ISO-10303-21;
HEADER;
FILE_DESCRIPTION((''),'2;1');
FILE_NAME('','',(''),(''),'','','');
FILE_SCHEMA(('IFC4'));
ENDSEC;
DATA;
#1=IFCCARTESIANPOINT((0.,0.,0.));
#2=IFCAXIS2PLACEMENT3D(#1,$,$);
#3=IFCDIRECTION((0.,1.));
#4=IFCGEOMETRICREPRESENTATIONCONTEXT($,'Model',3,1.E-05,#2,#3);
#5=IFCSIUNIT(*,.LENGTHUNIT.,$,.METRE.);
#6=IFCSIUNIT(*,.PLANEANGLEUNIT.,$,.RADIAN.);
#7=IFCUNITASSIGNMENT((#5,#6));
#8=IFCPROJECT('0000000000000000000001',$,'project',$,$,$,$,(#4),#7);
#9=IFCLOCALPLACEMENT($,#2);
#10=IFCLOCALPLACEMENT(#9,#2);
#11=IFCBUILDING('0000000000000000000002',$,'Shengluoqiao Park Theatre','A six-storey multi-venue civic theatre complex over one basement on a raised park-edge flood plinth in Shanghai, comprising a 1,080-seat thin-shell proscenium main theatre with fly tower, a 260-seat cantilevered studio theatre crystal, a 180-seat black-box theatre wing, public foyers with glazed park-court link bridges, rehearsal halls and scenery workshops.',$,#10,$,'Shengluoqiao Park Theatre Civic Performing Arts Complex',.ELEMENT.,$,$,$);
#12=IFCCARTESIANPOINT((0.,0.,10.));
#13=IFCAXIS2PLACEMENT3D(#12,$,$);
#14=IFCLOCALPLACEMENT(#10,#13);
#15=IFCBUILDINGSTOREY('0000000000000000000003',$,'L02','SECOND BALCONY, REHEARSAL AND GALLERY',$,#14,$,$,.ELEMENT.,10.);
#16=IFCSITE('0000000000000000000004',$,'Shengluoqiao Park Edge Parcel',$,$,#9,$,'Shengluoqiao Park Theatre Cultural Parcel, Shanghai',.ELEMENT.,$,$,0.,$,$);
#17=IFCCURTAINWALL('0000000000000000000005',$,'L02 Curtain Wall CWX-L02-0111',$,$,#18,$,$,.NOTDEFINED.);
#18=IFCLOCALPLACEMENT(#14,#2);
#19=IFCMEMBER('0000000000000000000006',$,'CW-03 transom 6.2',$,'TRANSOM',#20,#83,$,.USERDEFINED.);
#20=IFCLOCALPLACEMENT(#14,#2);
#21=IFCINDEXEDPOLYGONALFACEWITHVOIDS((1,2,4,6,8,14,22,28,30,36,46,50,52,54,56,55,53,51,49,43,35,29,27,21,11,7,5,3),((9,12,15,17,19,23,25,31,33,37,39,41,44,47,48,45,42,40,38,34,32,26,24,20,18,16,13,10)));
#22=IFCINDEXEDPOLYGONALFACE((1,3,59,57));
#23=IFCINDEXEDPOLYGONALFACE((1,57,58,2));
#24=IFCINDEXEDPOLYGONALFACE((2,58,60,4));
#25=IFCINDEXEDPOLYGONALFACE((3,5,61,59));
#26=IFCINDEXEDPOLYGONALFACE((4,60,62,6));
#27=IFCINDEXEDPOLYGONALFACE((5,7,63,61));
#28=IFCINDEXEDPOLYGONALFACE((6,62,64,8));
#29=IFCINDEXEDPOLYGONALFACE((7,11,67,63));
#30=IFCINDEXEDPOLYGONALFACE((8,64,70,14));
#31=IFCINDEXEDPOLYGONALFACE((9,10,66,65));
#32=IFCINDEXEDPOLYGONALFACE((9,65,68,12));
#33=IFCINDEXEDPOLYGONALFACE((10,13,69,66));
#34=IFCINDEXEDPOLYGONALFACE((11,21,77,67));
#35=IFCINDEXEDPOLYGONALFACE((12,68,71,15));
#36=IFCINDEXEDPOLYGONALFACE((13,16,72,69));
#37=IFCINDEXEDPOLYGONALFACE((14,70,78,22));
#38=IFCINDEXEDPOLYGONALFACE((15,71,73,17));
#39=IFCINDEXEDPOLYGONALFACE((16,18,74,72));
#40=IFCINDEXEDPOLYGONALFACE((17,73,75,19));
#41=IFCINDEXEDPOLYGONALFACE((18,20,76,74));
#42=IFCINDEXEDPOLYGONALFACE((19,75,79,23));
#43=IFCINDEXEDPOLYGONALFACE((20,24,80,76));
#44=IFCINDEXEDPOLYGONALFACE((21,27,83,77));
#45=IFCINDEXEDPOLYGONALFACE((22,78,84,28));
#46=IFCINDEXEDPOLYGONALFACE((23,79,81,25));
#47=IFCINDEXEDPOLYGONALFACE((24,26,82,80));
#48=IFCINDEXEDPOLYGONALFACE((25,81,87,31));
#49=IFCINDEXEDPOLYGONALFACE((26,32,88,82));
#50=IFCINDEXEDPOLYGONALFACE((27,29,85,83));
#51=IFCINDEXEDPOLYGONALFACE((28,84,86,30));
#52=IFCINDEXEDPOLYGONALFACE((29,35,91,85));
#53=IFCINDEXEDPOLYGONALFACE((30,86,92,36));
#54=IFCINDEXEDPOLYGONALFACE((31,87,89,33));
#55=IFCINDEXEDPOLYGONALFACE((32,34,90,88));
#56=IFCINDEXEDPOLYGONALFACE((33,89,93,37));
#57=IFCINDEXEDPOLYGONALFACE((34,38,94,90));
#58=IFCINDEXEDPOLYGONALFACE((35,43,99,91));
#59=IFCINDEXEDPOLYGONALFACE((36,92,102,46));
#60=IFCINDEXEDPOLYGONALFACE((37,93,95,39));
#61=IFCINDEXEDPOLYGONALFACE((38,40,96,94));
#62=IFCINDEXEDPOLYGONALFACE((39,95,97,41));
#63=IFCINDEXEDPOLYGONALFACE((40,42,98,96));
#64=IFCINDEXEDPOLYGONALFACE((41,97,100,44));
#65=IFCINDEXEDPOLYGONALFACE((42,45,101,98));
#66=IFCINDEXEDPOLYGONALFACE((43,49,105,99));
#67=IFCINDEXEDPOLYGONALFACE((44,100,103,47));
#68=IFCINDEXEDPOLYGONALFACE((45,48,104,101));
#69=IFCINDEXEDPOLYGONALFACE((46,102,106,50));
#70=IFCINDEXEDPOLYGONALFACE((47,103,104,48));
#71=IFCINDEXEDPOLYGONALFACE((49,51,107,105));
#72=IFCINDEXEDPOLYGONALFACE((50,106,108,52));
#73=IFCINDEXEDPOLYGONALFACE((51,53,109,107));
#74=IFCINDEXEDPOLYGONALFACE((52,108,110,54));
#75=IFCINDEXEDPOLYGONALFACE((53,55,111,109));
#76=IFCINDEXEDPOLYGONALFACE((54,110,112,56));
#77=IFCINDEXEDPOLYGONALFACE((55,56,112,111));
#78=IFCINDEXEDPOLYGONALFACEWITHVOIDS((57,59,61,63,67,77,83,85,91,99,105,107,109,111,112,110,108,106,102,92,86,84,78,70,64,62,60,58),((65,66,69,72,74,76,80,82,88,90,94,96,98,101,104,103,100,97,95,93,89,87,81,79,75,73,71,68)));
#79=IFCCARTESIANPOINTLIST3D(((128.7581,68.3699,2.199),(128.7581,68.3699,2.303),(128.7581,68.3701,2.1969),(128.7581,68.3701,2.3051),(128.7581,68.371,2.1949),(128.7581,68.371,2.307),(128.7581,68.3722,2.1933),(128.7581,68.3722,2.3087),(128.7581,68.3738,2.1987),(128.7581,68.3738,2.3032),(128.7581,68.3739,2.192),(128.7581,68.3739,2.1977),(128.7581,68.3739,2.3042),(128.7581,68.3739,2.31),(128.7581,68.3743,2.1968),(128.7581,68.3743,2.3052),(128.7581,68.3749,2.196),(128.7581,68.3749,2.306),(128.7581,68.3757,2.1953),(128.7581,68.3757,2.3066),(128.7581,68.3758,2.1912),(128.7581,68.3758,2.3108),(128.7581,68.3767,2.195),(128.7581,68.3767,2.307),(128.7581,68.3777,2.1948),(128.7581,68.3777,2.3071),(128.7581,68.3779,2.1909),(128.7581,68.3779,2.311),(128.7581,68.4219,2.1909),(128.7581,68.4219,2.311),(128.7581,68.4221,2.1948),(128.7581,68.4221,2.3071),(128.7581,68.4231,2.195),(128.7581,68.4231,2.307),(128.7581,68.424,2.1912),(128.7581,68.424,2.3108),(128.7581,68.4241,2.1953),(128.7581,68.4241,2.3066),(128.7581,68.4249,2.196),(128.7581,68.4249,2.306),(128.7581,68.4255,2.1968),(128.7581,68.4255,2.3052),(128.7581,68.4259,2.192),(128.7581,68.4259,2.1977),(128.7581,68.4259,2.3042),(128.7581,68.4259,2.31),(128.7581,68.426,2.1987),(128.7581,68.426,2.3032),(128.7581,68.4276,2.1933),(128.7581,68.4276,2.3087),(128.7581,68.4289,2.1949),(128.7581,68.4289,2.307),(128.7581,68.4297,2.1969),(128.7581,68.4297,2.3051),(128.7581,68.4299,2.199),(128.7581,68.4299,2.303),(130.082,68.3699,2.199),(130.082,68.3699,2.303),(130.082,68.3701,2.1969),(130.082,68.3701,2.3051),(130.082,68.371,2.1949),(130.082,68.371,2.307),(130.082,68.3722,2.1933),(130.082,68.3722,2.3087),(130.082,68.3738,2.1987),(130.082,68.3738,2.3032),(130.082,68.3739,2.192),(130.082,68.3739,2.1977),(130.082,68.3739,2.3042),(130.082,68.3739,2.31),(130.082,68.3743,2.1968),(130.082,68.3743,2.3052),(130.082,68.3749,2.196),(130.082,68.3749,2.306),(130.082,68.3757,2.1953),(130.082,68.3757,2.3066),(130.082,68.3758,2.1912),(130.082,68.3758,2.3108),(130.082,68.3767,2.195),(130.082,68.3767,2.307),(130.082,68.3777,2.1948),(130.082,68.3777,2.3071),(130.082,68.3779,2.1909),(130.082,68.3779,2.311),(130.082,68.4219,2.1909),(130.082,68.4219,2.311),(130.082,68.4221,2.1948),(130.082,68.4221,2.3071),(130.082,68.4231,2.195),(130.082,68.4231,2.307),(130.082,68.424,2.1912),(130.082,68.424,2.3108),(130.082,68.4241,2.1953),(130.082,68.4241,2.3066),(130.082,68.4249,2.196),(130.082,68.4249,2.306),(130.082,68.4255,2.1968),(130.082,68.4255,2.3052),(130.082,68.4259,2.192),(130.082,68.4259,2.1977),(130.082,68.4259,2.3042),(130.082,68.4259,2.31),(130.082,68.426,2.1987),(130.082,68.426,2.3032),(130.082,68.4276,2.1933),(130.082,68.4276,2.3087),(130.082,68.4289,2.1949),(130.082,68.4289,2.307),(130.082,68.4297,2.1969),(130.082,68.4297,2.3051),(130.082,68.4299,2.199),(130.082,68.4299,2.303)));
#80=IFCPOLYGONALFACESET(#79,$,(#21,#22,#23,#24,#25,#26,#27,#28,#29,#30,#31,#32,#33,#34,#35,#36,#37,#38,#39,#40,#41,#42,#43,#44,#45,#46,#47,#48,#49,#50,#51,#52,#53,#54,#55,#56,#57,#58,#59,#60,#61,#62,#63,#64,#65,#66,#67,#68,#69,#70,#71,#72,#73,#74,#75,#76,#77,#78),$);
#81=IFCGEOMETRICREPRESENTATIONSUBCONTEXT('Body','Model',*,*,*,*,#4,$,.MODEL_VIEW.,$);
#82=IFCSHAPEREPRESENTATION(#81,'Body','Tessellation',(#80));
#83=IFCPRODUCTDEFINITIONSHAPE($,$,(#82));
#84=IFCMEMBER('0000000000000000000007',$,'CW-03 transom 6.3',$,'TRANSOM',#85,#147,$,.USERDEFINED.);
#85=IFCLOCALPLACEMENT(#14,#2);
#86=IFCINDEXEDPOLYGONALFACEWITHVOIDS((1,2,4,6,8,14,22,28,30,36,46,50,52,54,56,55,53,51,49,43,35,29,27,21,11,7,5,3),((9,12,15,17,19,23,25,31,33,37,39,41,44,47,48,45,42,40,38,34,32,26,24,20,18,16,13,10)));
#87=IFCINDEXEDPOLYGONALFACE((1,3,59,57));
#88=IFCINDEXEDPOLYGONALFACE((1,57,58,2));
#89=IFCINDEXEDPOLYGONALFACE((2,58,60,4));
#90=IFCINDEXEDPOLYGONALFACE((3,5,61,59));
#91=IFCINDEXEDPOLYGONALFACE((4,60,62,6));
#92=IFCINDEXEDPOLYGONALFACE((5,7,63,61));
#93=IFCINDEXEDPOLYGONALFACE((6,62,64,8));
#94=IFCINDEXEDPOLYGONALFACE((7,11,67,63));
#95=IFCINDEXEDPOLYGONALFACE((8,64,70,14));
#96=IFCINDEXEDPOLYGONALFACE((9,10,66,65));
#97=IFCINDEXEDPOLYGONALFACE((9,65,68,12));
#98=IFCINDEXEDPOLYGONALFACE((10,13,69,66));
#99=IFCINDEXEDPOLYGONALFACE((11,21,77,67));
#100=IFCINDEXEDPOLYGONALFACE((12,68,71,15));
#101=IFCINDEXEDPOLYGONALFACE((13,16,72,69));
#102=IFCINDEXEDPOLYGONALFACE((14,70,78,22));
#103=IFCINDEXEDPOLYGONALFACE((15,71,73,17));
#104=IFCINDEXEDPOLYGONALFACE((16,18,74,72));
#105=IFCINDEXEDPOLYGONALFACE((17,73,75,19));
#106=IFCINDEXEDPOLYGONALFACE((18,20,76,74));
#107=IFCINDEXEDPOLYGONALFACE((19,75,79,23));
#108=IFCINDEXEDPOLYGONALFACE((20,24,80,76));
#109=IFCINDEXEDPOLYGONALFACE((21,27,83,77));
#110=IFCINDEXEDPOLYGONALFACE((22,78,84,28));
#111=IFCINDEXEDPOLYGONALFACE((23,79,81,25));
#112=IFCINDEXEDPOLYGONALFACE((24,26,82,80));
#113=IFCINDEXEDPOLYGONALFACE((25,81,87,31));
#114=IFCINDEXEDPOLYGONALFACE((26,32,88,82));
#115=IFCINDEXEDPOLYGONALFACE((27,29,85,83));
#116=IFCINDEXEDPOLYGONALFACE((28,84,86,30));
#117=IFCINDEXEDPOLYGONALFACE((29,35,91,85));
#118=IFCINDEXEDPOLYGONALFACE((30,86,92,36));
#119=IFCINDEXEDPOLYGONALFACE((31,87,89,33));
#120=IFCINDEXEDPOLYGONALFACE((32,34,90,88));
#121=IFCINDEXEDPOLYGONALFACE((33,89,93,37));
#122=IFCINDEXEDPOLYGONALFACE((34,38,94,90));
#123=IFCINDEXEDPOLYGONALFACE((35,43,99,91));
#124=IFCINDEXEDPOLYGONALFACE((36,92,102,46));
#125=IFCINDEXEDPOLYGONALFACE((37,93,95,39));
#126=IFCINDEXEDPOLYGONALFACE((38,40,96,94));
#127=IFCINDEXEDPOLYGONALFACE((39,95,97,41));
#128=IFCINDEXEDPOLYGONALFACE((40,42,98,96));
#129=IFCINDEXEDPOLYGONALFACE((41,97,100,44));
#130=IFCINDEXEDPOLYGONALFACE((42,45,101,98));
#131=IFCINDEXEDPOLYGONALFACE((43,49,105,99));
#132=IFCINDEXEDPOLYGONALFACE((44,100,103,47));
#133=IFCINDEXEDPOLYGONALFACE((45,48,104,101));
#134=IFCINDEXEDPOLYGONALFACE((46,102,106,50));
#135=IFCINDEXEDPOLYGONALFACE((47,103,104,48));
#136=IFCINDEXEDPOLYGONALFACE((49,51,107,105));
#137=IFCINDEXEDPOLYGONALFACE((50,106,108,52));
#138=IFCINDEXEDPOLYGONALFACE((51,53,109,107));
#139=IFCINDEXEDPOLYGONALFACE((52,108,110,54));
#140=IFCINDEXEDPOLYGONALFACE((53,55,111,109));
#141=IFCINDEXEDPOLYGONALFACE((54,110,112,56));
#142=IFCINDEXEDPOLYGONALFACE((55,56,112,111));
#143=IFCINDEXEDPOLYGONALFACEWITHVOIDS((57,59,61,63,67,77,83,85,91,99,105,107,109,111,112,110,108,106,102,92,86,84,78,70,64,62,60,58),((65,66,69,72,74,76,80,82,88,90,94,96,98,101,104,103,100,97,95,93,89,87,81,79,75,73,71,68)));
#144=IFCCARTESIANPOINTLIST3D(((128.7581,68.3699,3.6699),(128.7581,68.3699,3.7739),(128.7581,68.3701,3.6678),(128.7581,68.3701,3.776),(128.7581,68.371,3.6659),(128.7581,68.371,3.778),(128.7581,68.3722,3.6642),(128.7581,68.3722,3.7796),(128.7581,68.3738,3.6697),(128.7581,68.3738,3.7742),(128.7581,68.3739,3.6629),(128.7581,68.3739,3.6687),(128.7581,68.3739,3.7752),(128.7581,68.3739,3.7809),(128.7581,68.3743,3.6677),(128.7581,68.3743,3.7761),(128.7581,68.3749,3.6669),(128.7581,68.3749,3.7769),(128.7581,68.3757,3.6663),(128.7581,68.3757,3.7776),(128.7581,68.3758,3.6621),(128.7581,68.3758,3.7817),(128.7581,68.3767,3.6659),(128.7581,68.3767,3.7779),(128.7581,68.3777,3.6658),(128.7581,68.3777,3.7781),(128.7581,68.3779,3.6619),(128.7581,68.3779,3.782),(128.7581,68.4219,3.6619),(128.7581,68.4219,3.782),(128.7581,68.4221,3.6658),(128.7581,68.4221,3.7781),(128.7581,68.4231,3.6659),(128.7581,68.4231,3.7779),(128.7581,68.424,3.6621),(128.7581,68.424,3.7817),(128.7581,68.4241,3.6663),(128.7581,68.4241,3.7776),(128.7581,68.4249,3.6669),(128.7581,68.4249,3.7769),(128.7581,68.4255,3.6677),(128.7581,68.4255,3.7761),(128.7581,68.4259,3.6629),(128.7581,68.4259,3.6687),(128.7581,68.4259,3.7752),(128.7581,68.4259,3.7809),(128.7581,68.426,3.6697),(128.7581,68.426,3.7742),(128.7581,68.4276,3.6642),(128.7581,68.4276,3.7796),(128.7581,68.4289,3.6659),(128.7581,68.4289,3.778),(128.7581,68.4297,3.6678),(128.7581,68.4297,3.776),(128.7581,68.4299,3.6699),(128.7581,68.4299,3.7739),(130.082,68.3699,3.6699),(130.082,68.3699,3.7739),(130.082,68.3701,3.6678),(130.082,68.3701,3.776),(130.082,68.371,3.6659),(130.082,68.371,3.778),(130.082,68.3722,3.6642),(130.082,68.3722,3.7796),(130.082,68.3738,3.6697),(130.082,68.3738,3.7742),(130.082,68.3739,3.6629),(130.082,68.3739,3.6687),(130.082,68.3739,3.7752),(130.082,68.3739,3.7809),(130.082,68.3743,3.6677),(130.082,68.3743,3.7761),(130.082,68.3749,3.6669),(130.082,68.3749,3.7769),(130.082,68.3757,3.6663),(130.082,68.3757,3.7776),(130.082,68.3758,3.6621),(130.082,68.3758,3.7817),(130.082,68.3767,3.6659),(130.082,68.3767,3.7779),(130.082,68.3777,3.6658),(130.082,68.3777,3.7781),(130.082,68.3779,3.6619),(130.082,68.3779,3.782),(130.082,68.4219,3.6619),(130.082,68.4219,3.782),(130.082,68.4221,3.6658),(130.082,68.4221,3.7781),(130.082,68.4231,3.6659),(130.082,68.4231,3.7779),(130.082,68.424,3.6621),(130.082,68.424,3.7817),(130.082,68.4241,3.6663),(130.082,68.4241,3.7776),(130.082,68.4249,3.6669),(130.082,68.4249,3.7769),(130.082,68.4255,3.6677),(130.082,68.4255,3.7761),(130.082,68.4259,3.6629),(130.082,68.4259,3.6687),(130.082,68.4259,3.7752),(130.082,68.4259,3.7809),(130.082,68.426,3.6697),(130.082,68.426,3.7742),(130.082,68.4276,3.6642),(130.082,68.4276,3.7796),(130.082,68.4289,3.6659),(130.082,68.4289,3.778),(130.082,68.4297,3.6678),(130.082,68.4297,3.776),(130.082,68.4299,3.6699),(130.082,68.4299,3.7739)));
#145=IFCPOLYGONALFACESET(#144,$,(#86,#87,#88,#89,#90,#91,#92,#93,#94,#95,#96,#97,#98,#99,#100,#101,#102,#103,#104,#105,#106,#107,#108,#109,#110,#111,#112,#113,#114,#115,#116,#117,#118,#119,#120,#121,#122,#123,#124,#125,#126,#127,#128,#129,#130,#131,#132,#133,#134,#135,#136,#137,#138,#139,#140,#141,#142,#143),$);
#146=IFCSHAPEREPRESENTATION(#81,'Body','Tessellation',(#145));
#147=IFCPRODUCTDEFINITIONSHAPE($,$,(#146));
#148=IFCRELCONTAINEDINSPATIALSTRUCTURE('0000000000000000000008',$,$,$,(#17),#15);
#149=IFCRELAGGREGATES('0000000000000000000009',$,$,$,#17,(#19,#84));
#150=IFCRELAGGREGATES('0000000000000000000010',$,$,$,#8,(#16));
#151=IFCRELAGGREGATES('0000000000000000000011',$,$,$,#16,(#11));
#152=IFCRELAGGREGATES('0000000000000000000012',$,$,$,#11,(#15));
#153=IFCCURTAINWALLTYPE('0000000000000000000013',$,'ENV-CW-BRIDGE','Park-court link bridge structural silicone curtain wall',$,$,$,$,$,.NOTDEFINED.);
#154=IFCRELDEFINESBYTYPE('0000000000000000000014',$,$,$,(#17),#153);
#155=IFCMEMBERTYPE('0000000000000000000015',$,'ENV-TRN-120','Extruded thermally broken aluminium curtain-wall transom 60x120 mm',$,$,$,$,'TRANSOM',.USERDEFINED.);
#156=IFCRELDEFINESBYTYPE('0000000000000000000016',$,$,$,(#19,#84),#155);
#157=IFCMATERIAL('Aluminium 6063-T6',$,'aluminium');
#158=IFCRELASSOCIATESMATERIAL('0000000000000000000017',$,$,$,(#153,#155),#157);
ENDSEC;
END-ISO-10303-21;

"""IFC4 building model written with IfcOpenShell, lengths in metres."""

from ifc_helpers import new_model, si_unit, direction, frame, origin, origin_2d, place, context, subcontext, project, spatial, hollow_rectangle, extrude, material, material_profile, profile_set, type_object, element, aggregate, save


model = new_model("IFC4")

# Units and contexts
model_context = context("Model", 3, precision=1e-05, world=origin(), true_north=direction((0.0, 1.0)))
body_context = subcontext(model_context, "Body", "Model", "MODEL_VIEW")
ifc_project = project(units=[si_unit("LENGTHUNIT", "METRE"), si_unit("PLANEANGLEUNIT", "RADIAN")], contexts=[model_context])

# Site, building, storey
site_placement = place(None, origin())
site = spatial("IfcSite", under=ifc_project, at=site_placement, Name="Shengluoqiao Park Edge Parcel", LongName="Shengluoqiao Park Theatre Cultural Parcel, Shanghai", CompositionType="ELEMENT", RefElevation=0.0)
building_placement = place(site_placement, origin())
building = spatial("IfcBuilding", under=site, at=building_placement, Name="Shengluoqiao Park Theatre", Description="A six-storey multi-venue civic theatre complex over one basement on a raised park-edge flood plinth in Shanghai, comprising a 1,080-seat thin-shell proscenium main theatre with fly tower, a 260-seat cantilevered studio theatre crystal, a 180-seat black-box theatre wing, public foyers with glazed park-court link bridges, rehearsal halls and scenery workshops.", LongName="Shengluoqiao Park Theatre Civic Performing Arts Complex", CompositionType="ELEMENT")
storey_placement = place(building_placement, frame((0.0, 0.0, 10.0)))
storey = spatial("IfcBuildingStorey", under=building, at=storey_placement, Name="L02", Description="SECOND BALCONY, REHEARSAL AND GALLERY", CompositionType="ELEMENT", Elevation=10.0)

# Curtain wall
ifc_material_1 = material(Name="Aluminium 6063-T6", Category="aluminium")
curtain_wall_type = type_object("IfcCurtainWallType", Name="ENV-CW-BRIDGE", Description="Park-court link bridge structural silicone curtain wall", PredefinedType="NOTDEFINED", material=ifc_material_1)
curtain_wall_1_placement = place(storey_placement, origin())
curtain_wall_1 = element("IfcCurtainWall", 1, at=curtain_wall_1_placement, inside=storey, type_object=curtain_wall_type, Name="L02 Curtain Wall CWX-L02-0111", PredefinedType="NOTDEFINED")

# Members
ifc_material_profile_1 = material_profile(ifc_material_1, hollow_rectangle(XDim=0.0601, YDim=0.1201, WallThickness=0.0039, InnerFilletRadius=0.0039, OuterFilletRadius=0.0081, at=origin_2d()), Name="ALU TRANSOM 120x60x4")
ifc_profile_set_1 = profile_set([ifc_material_profile_1], Name="Aluminium 6063-T6")
member_type_1 = type_object("IfcMemberType", Name="ENV-TRN-120", Description="Extruded thermally broken aluminium curtain-wall transom 60x120 mm", ElementType="TRANSOM", PredefinedType="USERDEFINED", material=ifc_profile_set_1)
member_1_placement = place(storey_placement, frame((128.7581, 68.3999, 2.251), z_axis=(1.0, 0.0, 0.0), x_axis=(0.0, 1.0, 0.0)))
member_1 = element("IfcMember", 2, at=member_1_placement, type_object=member_type_1, Name="CW-03 transom 6.2", ObjectType="TRANSOM", PredefinedType="USERDEFINED", context=body_context, shape_type="SweptSolid", body=[
    extrude(hollow_rectangle(XDim=0.0601, YDim=0.1201, WallThickness=0.0039, InnerFilletRadius=0.0039, OuterFilletRadius=0.0081, at=origin_2d()), origin(), (0.0, 0.0, 1.0), 1.324),
])
member_2_placement = place(storey_placement, frame((128.7581, 68.3999, 3.7219), z_axis=(1.0, 0.0, 0.0), x_axis=(0.0, 1.0, 0.0)))
member_2 = element("IfcMember", 3, at=member_2_placement, type_object=member_type_1, Name="CW-03 transom 6.3", ObjectType="TRANSOM", PredefinedType="USERDEFINED", context=body_context, shape_type="SweptSolid", body=[
    extrude(hollow_rectangle(XDim=0.0601, YDim=0.1201, WallThickness=0.0039, InnerFilletRadius=0.0039, OuterFilletRadius=0.0081, at=origin_2d()), origin(), (0.0, 0.0, 1.0), 1.324),
])

aggregate(curtain_wall_1, [member_1, member_2])

save(model, "model.ifc")
